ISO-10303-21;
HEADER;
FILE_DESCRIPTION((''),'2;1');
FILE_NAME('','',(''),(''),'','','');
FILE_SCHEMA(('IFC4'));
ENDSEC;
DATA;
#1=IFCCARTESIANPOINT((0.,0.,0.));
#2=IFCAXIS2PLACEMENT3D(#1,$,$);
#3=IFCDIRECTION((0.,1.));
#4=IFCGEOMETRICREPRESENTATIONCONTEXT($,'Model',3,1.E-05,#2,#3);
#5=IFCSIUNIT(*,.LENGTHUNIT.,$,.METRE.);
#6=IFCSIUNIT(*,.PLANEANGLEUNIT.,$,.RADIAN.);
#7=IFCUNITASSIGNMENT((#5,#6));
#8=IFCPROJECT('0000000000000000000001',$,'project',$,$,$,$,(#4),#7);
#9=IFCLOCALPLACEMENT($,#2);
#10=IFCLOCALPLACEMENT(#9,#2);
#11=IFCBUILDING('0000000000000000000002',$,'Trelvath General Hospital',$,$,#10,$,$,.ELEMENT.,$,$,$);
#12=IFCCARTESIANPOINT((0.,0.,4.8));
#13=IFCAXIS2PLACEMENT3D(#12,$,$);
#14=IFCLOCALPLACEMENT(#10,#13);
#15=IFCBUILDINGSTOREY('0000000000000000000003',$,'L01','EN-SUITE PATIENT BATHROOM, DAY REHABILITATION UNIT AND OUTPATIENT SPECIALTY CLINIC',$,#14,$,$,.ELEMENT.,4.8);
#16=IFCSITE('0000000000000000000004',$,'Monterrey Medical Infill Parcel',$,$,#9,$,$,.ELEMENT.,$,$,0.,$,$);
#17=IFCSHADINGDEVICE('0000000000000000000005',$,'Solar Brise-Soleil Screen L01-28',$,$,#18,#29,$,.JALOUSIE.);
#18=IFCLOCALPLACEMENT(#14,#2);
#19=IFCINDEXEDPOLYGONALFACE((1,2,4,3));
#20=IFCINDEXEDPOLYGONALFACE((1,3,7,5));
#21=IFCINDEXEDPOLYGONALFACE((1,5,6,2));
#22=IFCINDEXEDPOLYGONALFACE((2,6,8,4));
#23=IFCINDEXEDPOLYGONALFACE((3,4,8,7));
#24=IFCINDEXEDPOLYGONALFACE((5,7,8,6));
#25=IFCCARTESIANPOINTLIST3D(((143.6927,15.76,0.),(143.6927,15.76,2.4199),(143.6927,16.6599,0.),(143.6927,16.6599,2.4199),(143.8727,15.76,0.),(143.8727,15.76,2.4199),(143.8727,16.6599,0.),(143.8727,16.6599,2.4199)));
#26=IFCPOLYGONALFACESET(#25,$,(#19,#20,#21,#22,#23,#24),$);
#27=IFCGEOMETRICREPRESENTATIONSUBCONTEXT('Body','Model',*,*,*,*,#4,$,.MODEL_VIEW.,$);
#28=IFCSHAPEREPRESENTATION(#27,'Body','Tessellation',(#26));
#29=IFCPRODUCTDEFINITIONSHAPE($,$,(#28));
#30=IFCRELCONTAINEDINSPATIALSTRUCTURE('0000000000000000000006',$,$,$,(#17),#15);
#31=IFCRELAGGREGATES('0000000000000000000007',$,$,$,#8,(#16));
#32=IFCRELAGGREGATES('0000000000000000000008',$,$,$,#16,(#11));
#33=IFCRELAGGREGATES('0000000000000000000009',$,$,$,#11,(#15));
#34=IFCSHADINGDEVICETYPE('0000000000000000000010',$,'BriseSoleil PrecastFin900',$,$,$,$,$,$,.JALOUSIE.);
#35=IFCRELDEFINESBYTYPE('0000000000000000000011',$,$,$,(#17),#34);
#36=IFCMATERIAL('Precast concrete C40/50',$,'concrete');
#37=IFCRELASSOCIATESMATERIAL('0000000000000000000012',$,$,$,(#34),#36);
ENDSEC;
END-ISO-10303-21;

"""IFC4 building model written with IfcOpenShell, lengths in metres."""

from ifc_helpers import new_model, si_unit, direction, frame, origin, origin_2d, place, context, subcontext, project, spatial, rectangle, extrude, material, type_object, element, save


model = new_model("IFC4")

# Units and contexts
model_context = context("Model", 3, precision=1e-05, world=origin(), true_north=direction((0.0, 1.0)))
body_context = subcontext(model_context, "Body", "Model", "MODEL_VIEW")
ifc_project = project(units=[si_unit("LENGTHUNIT", "METRE"), si_unit("PLANEANGLEUNIT", "RADIAN")], contexts=[model_context])

# Site, building, storey
site_placement = place(None, origin())
site = spatial("IfcSite", under=ifc_project, at=site_placement, Name="Monterrey Medical Infill Parcel", CompositionType="ELEMENT", RefElevation=0.0)
building_placement = place(site_placement, origin())
building = spatial("IfcBuilding", under=site, at=building_placement, Name="Trelvath General Hospital", CompositionType="ELEMENT")
storey_placement = place(building_placement, frame((0.0, 0.0, 4.8)))
storey = spatial("IfcBuildingStorey", under=building, at=storey_placement, Name="L01", Description="EN-SUITE PATIENT BATHROOM, DAY REHABILITATION UNIT AND OUTPATIENT SPECIALTY CLINIC", CompositionType="ELEMENT", Elevation=4.8)

# Shading device
ifc_material_1 = material(Name="Precast concrete C40/50", Category="concrete")
shading_device_type = type_object("IfcShadingDeviceType", Name="BriseSoleil PrecastFin900", PredefinedType="JALOUSIE", material=ifc_material_1)
for number, where, z_axis, x_axis, name in (
    (1, (143.7827, 16.21, 0.0), (0.0, 0.0, 1.0), (0.0, -1.0, 0.0), "Solar Brise-Soleil Screen L01-28"),
):
    element("IfcShadingDevice", number, at=place(storey_placement, frame(where, z_axis=z_axis, x_axis=x_axis)), inside=storey, type_object=shading_device_type, Name=name, PredefinedType="JALOUSIE", context=body_context, shape_type="SweptSolid", body=[
        extrude(rectangle(XDim=0.8999, YDim=0.1799, at=origin_2d()), origin(), (0.0, 0.0, 1.0), 2.4199),
    ])

save(model, "model.ifc")
